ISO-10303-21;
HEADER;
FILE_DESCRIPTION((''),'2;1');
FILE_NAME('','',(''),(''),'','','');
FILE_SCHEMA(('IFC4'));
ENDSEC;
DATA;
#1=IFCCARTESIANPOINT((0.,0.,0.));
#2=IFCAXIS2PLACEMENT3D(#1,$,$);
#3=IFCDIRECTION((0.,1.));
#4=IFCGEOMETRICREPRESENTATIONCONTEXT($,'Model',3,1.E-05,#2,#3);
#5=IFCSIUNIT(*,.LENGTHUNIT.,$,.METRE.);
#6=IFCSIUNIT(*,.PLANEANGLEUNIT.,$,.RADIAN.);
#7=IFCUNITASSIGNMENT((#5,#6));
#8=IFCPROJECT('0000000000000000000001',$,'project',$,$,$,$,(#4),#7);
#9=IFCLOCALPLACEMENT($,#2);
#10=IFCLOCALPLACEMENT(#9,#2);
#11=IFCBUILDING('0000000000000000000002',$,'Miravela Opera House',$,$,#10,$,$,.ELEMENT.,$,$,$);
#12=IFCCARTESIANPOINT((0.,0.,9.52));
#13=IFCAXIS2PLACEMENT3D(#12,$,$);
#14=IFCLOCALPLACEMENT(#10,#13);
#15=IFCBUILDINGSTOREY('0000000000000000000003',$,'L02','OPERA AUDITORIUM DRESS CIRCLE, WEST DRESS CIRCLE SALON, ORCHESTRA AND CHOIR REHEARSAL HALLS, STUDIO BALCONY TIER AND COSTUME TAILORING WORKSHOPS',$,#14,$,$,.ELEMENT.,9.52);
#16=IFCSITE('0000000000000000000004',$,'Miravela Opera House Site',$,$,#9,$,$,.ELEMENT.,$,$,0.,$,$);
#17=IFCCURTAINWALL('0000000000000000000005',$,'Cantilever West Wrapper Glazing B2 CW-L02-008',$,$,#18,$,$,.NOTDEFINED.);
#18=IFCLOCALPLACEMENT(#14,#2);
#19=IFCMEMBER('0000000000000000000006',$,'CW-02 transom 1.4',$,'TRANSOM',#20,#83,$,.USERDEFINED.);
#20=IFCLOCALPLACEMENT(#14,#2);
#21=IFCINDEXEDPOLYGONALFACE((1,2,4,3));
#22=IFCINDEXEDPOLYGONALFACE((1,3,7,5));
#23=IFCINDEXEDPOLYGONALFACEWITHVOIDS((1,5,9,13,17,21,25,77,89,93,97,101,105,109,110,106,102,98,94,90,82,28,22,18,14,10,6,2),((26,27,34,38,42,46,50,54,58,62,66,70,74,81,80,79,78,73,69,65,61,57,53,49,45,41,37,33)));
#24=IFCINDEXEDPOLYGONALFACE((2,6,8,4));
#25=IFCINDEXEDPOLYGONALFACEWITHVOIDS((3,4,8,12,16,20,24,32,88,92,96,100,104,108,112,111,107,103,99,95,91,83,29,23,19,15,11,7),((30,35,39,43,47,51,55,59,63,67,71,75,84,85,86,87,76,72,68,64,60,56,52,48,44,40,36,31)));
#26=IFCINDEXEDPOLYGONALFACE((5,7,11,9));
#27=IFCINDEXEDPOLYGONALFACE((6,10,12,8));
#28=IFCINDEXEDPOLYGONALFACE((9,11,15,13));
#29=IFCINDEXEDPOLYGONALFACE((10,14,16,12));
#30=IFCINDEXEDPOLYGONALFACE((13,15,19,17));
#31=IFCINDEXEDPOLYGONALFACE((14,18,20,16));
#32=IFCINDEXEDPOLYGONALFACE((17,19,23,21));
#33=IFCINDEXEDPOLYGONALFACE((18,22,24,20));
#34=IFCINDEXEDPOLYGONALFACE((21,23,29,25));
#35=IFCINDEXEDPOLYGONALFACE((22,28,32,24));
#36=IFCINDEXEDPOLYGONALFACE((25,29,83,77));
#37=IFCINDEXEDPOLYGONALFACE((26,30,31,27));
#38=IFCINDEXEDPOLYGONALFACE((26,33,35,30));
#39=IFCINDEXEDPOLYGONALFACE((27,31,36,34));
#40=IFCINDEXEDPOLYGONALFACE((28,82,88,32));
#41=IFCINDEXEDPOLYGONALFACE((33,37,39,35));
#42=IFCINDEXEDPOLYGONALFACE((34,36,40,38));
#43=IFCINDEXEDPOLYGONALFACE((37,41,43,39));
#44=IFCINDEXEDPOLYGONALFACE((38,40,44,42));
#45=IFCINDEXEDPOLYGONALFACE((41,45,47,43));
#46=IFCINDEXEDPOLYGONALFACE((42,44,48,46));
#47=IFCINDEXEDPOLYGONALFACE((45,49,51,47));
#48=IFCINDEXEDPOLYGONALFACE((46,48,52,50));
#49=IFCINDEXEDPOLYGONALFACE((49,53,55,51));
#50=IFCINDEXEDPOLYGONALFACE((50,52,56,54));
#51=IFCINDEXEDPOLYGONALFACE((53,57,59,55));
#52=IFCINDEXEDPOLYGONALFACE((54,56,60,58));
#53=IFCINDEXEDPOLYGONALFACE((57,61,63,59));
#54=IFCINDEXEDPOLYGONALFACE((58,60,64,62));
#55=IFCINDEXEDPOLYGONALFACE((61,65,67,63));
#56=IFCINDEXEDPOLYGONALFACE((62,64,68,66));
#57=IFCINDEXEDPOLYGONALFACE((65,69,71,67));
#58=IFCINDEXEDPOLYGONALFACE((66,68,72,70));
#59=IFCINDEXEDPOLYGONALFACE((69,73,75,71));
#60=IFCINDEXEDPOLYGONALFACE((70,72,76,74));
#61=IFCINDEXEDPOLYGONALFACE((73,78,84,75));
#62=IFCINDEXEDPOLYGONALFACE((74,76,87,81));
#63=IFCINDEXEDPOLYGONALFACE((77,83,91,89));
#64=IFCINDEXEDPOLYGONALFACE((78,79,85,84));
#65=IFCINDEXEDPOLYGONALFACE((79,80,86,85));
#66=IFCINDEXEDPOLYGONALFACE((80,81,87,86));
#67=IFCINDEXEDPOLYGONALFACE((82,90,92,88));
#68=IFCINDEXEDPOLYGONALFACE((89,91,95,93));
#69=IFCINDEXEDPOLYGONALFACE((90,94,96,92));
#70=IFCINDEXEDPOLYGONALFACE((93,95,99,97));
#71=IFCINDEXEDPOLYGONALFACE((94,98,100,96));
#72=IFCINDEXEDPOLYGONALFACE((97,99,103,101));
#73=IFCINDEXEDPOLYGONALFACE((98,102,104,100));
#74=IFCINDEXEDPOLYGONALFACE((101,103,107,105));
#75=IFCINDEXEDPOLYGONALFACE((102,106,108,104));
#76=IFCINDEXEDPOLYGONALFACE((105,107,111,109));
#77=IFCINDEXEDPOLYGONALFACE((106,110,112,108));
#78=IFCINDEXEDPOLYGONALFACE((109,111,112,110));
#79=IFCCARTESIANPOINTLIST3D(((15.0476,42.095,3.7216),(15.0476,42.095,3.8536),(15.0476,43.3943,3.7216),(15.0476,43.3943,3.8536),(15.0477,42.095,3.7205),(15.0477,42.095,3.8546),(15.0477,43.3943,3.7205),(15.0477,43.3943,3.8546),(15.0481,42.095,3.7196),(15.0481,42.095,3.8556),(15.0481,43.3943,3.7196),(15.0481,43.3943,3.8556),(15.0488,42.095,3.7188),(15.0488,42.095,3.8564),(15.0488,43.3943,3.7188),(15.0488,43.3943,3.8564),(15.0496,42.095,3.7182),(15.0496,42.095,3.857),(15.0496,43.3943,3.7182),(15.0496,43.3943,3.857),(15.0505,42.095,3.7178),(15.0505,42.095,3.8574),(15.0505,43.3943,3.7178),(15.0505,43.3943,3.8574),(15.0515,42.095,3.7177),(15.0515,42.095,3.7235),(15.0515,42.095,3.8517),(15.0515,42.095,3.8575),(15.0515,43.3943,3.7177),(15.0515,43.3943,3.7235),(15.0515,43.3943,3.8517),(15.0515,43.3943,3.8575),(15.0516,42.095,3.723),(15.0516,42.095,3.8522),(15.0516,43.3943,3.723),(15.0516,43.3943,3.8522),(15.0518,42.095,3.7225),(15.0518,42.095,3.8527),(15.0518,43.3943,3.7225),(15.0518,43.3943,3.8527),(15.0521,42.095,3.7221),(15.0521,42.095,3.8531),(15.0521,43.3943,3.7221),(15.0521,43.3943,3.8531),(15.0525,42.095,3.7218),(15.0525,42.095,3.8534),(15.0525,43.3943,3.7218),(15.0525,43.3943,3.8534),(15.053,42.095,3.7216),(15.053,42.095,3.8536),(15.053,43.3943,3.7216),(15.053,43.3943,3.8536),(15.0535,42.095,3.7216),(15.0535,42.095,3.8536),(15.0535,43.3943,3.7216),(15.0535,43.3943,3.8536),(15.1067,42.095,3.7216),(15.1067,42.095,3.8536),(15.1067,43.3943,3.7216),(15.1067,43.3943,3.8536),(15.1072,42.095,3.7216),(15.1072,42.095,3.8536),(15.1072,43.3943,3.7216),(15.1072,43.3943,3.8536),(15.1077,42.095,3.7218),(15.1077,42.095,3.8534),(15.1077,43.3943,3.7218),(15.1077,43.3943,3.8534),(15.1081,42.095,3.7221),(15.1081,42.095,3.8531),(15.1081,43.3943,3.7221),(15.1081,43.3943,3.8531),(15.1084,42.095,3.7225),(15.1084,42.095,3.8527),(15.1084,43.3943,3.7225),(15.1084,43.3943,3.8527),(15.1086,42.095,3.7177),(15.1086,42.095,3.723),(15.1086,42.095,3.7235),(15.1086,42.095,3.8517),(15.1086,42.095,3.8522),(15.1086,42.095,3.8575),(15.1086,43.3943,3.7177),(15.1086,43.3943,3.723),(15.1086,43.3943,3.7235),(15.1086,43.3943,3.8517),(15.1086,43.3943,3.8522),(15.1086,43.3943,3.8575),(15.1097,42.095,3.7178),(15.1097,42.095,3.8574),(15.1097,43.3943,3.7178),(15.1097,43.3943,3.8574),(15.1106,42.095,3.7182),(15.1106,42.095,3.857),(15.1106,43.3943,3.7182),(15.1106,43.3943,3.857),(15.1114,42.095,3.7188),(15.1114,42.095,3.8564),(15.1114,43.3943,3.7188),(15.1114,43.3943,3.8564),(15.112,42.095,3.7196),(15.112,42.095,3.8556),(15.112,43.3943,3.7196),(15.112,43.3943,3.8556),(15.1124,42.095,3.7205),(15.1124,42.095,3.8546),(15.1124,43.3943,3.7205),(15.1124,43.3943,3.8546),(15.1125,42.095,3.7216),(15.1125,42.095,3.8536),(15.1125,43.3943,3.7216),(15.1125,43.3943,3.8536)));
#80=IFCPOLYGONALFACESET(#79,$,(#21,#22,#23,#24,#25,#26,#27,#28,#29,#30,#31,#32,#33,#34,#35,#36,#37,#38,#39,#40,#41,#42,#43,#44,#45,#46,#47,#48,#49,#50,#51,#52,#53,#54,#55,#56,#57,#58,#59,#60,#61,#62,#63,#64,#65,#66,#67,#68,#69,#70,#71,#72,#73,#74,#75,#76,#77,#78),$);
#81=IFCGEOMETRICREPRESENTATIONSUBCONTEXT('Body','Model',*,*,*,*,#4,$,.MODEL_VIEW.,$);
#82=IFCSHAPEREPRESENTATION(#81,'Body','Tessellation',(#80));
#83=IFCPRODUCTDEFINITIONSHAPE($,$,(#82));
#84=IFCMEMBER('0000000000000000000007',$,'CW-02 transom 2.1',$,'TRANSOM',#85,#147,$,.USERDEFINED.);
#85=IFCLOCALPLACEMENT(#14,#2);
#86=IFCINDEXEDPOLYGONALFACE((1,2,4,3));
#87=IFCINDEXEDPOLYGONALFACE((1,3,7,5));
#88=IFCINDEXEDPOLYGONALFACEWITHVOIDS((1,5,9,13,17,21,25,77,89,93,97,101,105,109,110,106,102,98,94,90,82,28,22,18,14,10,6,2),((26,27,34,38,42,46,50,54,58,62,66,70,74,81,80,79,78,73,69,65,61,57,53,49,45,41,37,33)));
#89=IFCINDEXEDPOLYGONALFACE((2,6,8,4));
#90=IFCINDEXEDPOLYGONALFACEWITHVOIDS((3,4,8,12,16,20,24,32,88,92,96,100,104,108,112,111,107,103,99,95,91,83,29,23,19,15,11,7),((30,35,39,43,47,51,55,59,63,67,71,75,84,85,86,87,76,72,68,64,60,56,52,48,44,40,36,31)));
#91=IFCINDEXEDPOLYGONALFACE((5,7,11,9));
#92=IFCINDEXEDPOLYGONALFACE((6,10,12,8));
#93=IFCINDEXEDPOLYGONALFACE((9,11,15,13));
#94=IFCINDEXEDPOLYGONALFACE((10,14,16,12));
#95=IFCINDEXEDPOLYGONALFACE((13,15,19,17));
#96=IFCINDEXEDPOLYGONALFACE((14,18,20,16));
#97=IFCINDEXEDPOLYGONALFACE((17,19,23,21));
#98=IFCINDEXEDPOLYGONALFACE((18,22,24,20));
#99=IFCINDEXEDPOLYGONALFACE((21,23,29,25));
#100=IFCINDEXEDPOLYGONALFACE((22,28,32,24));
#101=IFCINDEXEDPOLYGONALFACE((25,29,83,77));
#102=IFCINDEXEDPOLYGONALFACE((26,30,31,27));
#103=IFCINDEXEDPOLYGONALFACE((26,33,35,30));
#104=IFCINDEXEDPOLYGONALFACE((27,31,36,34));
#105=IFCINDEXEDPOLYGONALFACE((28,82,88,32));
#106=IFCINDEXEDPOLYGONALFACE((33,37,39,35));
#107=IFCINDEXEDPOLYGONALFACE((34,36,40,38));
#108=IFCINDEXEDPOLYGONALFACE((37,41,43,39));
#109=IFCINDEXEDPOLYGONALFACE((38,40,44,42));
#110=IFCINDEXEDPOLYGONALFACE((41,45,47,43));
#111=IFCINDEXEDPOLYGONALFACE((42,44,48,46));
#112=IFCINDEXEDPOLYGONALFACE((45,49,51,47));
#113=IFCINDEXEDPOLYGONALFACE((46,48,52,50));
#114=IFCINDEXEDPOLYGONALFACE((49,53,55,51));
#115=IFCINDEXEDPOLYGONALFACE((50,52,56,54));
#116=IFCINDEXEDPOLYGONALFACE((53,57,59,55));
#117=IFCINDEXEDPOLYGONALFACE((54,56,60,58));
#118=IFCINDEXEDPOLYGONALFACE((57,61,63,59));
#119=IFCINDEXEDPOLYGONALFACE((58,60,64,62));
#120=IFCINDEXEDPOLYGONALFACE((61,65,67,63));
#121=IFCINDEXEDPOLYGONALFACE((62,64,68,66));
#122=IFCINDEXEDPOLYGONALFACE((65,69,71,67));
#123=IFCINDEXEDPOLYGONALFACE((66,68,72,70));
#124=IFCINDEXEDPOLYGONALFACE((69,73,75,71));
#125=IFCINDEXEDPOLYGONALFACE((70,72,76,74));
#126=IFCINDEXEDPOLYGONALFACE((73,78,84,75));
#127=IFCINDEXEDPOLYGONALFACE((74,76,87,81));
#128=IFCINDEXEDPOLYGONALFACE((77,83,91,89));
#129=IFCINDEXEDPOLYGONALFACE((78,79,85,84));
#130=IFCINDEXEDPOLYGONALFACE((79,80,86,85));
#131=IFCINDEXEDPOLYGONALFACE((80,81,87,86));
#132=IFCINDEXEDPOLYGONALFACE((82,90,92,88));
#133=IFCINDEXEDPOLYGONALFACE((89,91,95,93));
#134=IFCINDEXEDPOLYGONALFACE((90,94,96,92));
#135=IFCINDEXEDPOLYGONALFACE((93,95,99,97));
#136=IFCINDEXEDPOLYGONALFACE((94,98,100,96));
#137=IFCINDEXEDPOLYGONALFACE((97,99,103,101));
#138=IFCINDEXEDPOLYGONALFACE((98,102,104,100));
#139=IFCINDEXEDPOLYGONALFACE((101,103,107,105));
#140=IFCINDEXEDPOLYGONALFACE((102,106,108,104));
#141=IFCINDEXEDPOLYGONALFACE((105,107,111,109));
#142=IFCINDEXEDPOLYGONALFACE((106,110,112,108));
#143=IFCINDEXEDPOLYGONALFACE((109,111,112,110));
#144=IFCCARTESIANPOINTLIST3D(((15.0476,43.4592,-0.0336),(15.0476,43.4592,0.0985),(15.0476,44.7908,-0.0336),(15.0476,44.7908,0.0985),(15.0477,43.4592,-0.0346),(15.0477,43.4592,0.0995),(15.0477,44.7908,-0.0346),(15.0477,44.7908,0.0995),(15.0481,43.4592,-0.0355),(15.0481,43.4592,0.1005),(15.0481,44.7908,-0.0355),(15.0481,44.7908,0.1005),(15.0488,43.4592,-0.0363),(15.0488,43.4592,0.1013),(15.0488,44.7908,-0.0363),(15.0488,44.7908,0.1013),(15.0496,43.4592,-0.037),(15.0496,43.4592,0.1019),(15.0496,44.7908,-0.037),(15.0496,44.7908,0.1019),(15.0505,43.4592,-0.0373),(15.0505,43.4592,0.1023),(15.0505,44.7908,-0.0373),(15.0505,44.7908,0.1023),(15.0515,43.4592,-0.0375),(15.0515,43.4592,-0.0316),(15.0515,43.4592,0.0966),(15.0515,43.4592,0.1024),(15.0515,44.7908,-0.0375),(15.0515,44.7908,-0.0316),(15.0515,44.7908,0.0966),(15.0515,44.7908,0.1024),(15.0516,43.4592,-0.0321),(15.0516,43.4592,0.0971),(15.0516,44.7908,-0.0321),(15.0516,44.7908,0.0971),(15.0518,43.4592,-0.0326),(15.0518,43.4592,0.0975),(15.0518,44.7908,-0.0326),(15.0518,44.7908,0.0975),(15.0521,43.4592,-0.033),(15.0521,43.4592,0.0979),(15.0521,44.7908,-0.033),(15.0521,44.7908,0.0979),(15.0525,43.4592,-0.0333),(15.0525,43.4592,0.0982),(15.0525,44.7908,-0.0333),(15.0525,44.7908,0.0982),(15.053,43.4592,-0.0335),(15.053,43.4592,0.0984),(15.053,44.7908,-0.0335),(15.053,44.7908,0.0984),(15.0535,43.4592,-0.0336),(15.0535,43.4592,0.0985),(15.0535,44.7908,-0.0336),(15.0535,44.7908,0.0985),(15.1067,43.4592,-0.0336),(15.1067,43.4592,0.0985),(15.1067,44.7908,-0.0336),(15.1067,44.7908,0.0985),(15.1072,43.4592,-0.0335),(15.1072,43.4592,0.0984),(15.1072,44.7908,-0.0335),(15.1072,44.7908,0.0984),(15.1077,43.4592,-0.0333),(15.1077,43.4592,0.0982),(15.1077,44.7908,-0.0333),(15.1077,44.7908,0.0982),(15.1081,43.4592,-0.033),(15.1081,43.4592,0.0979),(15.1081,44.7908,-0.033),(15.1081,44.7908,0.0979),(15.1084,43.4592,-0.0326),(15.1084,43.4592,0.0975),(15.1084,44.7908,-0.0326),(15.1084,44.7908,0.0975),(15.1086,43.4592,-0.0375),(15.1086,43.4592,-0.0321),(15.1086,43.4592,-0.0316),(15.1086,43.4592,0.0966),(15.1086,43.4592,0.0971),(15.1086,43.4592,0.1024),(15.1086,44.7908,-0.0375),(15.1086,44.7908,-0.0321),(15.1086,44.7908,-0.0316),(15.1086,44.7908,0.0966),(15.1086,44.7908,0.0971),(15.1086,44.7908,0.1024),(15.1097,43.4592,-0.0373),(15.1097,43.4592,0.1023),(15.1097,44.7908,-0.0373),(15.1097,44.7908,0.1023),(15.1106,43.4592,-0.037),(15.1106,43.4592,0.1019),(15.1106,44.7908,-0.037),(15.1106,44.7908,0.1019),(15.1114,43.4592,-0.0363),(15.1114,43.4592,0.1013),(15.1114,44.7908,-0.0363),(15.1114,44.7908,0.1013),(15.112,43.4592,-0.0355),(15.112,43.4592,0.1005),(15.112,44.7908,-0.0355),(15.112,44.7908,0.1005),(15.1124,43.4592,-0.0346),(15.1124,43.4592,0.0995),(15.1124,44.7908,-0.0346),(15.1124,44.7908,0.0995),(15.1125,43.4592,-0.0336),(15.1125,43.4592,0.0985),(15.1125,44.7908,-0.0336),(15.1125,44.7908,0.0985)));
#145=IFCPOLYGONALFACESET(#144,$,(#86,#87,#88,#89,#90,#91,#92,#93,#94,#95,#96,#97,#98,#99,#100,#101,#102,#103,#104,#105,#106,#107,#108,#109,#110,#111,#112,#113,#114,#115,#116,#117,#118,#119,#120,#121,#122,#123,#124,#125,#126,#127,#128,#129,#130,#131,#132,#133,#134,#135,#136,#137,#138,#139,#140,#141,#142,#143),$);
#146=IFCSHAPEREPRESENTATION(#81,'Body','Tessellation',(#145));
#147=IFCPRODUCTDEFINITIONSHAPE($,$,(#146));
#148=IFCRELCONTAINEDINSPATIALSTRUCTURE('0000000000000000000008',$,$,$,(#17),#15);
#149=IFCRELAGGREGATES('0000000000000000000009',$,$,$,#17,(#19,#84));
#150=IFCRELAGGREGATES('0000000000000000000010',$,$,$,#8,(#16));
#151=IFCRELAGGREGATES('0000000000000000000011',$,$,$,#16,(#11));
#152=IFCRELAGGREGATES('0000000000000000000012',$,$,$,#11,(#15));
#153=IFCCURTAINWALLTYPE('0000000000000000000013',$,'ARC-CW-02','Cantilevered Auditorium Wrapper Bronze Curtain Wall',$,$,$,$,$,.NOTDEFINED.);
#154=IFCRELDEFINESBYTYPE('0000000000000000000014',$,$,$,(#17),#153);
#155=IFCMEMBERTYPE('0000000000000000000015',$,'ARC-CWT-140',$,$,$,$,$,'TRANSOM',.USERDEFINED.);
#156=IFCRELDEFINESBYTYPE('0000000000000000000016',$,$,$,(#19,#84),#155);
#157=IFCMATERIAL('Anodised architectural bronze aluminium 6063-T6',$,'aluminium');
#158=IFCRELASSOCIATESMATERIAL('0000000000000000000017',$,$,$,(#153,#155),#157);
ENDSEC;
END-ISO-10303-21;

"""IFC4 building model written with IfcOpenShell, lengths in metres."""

from ifc_helpers import new_model, si_unit, direction, frame, origin, origin_2d, place, context, subcontext, project, spatial, hollow_rectangle, extrude, material, material_profile, profile_set, type_object, element, aggregate, save


model = new_model("IFC4")

# Units and contexts
model_context = context("Model", 3, precision=1e-05, world=origin(), true_north=direction((0.0, 1.0)))
body_context = subcontext(model_context, "Body", "Model", "MODEL_VIEW")
ifc_project = project(units=[si_unit("LENGTHUNIT", "METRE"), si_unit("PLANEANGLEUNIT", "RADIAN")], contexts=[model_context])

# Site, building, storey
site_placement = place(None, origin())
site = spatial("IfcSite", under=ifc_project, at=site_placement, Name="Miravela Opera House Site", CompositionType="ELEMENT", RefElevation=0.0)
building_placement = place(site_placement, origin())
building = spatial("IfcBuilding", under=site, at=building_placement, Name="Miravela Opera House", CompositionType="ELEMENT")
storey_placement = place(building_placement, frame((0.0, 0.0, 9.52)))
storey = spatial("IfcBuildingStorey", under=building, at=storey_placement, Name="L02", Description="OPERA AUDITORIUM DRESS CIRCLE, WEST DRESS CIRCLE SALON, ORCHESTRA AND CHOIR REHEARSAL HALLS, STUDIO BALCONY TIER AND COSTUME TAILORING WORKSHOPS", CompositionType="ELEMENT", Elevation=9.52)

# Curtain wall, members
ifc_material_1 = material(Name="Anodised architectural bronze aluminium 6063-T6", Category="aluminium")
curtain_wall_type = type_object("IfcCurtainWallType", Name="ARC-CW-02", Description="Cantilevered Auditorium Wrapper Bronze Curtain Wall", PredefinedType="NOTDEFINED", material=ifc_material_1)
curtain_wall_placement = place(storey_placement, origin())
curtain_wall = element("IfcCurtainWall", 1, at=curtain_wall_placement, inside=storey, type_object=curtain_wall_type, Name="Cantilever West Wrapper Glazing B2 CW-L02-008", PredefinedType="NOTDEFINED")
ifc_material_profile_1 = material_profile(ifc_material_1, hollow_rectangle(XDim=0.0649, YDim=0.1399, WallThickness=0.0039, InnerFilletRadius=0.002, OuterFilletRadius=0.0039, at=origin_2d()), Name="CWT-65X140")
ifc_profile_set_1 = profile_set([ifc_material_profile_1])
member_type_1 = type_object("IfcMemberType", Name="ARC-CWT-140", ElementType="TRANSOM", PredefinedType="USERDEFINED", material=ifc_profile_set_1)
member_1_placement = place(storey_placement, frame((15.0801, 42.095, 3.7876), z_axis=(0.0, 1.0, 0.0), x_axis=(-1.0, 0.0, 0.0)))
member_1 = element("IfcMember", 2, at=member_1_placement, type_object=member_type_1, Name="CW-02 transom 1.4", ObjectType="TRANSOM", PredefinedType="USERDEFINED", context=body_context, shape_type="SweptSolid", body=[
    extrude(hollow_rectangle(XDim=0.0649, YDim=0.1399, WallThickness=0.0039, InnerFilletRadius=0.002, OuterFilletRadius=0.0039, at=origin_2d()), origin(), (0.0, 0.0, 1.0), 1.2993),
])
member_2_placement = place(storey_placement, frame((15.0801, 43.4592, 0.0325), z_axis=(0.0, 1.0, 0.0), x_axis=(-1.0, 0.0, 0.0)))
member_2 = element("IfcMember", 3, at=member_2_placement, type_object=member_type_1, Name="CW-02 transom 2.1", ObjectType="TRANSOM", PredefinedType="USERDEFINED", context=body_context, shape_type="SweptSolid", body=[
    extrude(hollow_rectangle(XDim=0.0649, YDim=0.1399, WallThickness=0.0039, InnerFilletRadius=0.002, OuterFilletRadius=0.0039, at=origin_2d()), origin(), (0.0, 0.0, 1.0), 1.3315),
])

aggregate(curtain_wall, [member_1, member_2])

save(model, "model.ifc")
